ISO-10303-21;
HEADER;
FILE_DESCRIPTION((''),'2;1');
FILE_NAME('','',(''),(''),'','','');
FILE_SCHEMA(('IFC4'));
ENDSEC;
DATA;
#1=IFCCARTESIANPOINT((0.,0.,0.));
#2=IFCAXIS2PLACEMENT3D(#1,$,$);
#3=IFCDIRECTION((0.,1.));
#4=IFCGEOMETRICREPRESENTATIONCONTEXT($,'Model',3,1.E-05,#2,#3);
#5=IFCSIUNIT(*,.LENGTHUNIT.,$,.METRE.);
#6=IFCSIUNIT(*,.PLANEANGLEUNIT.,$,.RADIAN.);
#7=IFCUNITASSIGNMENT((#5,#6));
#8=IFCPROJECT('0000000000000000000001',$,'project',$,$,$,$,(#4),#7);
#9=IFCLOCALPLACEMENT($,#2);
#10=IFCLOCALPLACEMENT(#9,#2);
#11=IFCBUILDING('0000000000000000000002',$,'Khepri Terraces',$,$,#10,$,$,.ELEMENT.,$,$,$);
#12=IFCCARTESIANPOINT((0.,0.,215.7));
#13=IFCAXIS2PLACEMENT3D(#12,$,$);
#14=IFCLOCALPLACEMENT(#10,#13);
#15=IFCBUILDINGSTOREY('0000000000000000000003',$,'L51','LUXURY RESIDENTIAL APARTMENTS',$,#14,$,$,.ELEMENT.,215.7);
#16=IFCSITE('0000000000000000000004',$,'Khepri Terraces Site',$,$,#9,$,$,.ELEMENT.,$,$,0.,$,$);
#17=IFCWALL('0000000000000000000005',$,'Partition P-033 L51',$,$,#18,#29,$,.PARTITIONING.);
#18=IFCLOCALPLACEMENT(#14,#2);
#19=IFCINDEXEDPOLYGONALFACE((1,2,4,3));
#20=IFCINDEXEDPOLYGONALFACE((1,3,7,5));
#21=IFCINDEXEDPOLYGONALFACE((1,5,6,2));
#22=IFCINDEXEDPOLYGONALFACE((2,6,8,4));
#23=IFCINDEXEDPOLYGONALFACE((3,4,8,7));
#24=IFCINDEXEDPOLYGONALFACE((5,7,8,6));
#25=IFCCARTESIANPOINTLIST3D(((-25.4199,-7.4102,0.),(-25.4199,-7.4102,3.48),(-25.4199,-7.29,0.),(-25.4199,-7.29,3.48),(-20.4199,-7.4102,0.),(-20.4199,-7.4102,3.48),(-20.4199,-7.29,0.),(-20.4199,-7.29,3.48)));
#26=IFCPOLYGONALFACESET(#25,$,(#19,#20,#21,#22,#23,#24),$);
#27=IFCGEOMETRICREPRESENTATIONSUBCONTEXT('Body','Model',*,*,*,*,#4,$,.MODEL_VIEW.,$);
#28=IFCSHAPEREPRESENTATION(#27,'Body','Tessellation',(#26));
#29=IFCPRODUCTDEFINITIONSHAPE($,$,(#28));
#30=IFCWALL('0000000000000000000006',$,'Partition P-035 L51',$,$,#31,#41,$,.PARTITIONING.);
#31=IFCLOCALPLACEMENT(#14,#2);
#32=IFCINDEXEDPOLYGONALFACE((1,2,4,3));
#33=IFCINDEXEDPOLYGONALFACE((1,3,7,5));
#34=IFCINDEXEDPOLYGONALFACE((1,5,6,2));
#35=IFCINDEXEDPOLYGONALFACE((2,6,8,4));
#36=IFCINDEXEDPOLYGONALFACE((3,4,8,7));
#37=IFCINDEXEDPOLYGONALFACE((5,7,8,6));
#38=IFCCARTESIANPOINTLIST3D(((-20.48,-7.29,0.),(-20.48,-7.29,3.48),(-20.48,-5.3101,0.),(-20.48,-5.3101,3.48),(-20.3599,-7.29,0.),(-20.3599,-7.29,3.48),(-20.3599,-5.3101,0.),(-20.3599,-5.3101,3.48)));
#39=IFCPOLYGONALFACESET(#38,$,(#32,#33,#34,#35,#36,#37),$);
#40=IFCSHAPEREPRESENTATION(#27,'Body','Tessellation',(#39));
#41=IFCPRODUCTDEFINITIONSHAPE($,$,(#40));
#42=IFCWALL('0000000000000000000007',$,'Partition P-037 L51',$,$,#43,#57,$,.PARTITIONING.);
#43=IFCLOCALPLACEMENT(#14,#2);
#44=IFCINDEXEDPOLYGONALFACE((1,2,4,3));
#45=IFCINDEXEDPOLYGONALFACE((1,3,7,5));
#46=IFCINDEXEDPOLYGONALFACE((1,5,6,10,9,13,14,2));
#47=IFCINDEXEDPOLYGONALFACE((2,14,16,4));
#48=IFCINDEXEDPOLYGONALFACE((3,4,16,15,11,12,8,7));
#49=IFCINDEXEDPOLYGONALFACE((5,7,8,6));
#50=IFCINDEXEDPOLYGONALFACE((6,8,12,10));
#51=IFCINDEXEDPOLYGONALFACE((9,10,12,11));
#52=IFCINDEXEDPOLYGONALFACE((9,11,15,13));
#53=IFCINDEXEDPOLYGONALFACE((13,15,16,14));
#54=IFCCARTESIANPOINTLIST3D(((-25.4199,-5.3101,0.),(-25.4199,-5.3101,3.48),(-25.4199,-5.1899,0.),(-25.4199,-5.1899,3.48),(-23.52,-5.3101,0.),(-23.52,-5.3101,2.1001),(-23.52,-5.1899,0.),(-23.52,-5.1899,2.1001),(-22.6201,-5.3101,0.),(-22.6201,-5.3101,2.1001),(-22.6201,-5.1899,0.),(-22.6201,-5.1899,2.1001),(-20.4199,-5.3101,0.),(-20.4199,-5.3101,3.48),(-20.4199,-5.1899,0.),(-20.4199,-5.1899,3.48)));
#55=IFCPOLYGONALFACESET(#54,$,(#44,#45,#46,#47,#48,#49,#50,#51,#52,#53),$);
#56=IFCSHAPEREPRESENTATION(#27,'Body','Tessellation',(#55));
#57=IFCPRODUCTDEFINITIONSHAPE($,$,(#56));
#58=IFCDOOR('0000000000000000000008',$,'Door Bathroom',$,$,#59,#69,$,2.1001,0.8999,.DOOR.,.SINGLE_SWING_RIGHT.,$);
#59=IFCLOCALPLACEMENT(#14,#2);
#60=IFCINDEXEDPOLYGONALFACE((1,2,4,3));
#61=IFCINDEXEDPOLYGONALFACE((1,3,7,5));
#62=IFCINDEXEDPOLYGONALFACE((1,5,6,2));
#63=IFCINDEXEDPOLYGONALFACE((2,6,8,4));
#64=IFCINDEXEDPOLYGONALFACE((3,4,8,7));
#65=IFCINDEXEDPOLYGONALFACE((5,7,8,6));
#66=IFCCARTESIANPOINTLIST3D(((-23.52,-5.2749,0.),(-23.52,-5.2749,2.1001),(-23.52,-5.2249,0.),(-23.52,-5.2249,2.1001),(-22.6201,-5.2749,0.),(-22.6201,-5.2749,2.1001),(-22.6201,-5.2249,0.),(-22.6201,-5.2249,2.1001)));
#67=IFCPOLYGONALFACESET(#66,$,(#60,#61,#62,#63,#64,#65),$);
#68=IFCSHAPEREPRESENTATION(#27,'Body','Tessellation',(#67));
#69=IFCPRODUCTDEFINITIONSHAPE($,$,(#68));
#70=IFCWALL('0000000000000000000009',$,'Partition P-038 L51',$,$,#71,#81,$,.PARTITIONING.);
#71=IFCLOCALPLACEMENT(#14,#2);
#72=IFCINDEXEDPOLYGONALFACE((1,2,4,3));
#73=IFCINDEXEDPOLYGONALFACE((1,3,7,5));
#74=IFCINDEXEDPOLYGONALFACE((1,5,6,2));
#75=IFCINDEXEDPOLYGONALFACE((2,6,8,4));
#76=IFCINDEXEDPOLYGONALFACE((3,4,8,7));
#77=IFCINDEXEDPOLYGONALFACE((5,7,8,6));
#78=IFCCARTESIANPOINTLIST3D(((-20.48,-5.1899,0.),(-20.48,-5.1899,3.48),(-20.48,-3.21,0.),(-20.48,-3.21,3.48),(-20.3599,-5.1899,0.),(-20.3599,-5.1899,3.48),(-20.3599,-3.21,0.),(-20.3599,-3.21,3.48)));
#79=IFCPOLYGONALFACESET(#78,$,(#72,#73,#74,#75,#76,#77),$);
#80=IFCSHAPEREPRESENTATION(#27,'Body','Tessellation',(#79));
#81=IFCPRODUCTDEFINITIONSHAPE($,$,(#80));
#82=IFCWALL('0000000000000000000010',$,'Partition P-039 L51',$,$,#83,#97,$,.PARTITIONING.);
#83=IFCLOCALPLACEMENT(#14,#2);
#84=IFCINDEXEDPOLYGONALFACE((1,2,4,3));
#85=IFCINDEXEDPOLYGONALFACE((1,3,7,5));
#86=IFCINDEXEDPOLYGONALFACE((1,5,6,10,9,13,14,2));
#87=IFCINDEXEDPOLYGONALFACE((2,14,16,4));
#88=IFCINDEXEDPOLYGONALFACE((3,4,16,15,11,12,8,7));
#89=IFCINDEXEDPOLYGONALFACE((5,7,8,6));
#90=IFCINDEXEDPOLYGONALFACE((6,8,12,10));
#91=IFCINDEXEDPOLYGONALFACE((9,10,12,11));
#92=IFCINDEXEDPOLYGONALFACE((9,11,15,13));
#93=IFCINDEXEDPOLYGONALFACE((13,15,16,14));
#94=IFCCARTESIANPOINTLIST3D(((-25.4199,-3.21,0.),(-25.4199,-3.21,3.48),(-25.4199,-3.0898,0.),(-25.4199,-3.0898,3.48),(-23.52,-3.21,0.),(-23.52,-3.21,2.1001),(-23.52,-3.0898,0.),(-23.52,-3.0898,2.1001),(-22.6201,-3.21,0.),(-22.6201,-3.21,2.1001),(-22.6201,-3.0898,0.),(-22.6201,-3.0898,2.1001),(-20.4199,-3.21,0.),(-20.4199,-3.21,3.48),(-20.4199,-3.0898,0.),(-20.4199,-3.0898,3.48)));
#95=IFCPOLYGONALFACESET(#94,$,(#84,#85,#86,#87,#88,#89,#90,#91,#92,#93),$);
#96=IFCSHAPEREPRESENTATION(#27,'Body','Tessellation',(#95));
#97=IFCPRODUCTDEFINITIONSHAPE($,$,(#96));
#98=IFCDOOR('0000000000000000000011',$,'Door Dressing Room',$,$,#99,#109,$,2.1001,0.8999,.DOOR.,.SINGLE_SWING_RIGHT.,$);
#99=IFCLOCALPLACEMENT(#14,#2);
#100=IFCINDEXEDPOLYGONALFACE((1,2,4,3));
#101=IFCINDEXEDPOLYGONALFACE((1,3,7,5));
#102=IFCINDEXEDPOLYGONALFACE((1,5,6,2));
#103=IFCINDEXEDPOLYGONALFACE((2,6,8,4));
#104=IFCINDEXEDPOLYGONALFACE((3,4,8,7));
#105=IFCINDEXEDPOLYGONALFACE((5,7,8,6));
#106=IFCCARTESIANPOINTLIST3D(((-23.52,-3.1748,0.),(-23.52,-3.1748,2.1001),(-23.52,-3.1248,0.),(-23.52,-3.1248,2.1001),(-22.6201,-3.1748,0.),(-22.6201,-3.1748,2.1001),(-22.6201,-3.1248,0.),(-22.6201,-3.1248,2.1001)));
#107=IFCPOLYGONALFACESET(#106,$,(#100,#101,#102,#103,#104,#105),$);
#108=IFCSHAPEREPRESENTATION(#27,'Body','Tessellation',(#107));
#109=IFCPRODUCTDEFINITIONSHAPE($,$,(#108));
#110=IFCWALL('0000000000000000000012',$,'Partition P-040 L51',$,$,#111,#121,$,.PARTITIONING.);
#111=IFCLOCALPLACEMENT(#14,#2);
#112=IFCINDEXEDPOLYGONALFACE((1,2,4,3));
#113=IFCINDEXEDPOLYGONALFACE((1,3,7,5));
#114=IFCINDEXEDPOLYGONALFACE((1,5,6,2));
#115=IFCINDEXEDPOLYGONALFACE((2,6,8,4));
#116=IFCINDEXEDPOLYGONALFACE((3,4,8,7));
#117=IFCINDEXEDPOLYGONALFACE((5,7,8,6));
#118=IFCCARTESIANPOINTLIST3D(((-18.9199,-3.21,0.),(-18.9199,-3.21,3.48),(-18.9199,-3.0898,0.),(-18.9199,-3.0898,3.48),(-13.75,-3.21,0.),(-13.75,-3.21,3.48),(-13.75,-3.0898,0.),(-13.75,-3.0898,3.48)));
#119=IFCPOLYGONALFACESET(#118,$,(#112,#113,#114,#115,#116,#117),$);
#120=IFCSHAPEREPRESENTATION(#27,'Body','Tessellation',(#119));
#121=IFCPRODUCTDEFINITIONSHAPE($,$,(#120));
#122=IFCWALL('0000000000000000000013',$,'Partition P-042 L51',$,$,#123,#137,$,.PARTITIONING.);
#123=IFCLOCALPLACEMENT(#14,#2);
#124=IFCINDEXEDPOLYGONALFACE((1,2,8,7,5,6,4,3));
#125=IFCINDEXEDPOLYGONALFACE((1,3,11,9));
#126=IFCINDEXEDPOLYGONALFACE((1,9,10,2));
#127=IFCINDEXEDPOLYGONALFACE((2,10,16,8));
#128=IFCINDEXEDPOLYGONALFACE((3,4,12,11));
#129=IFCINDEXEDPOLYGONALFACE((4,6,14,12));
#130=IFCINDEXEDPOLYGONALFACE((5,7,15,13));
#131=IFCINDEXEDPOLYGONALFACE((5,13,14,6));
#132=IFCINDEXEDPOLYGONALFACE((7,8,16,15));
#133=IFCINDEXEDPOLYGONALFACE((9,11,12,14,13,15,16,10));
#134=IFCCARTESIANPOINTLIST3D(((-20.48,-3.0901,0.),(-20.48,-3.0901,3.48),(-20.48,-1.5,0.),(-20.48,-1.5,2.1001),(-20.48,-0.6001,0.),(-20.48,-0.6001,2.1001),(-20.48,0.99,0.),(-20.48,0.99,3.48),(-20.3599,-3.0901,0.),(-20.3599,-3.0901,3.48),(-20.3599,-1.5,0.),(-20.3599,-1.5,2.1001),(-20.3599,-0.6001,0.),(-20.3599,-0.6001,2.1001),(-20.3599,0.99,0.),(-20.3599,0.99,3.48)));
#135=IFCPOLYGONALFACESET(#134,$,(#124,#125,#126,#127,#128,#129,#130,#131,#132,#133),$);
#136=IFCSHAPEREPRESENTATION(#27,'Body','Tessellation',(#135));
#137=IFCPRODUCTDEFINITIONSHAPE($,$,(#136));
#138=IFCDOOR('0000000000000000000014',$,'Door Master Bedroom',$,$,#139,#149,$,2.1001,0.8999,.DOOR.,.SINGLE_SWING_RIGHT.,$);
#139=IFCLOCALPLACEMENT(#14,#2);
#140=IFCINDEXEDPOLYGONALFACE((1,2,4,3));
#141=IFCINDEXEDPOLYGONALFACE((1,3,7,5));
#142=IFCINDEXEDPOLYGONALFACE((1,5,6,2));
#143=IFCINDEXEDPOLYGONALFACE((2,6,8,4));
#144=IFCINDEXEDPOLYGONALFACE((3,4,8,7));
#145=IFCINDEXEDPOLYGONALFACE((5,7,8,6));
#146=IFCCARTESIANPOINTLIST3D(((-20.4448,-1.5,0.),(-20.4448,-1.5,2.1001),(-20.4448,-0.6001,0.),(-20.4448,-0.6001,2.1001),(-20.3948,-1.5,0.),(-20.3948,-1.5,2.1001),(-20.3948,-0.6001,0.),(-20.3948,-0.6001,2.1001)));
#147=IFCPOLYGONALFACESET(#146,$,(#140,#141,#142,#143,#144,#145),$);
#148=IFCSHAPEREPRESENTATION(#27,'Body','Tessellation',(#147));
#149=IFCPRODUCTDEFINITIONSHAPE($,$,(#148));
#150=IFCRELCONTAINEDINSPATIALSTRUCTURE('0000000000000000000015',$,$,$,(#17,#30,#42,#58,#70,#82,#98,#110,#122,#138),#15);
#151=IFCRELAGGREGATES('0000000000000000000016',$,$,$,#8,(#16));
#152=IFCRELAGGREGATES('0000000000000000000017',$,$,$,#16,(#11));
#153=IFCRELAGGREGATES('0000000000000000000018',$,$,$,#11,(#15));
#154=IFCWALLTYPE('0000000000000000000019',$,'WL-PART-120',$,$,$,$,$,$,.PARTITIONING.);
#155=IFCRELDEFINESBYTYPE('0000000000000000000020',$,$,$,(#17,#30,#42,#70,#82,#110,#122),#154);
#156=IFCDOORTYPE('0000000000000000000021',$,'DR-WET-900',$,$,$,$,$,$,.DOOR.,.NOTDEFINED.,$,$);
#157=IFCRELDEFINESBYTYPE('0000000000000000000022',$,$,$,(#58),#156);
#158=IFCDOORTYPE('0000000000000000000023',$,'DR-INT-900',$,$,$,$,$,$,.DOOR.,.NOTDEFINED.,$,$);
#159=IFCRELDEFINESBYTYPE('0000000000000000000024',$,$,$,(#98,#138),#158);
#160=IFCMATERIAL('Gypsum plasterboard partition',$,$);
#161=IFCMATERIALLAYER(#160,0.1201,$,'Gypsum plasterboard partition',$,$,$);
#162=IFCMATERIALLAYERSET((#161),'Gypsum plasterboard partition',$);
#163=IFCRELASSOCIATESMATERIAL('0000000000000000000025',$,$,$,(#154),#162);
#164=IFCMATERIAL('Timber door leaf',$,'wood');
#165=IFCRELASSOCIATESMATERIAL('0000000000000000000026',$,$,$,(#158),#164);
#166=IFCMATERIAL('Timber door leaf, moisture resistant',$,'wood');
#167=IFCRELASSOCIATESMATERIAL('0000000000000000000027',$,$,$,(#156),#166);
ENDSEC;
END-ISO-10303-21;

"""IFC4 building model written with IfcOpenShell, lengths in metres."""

from ifc_helpers import new_model, si_unit, direction, frame, frame_2d, origin, place, context, subcontext, project, spatial, rectangle, extrude, material, layer, layer_set, type_object, element, fill, save


model = new_model("IFC4")

# Units and contexts
model_context = context("Model", 3, precision=1e-05, world=origin(), true_north=direction((0.0, 1.0)))
body_context = subcontext(model_context, "Body", "Model", "MODEL_VIEW")
ifc_project = project(units=[si_unit("LENGTHUNIT", "METRE"), si_unit("PLANEANGLEUNIT", "RADIAN")], contexts=[model_context])

# Site, building, storey
site_placement = place(None, origin())
site = spatial("IfcSite", under=ifc_project, at=site_placement, Name="Khepri Terraces Site", CompositionType="ELEMENT", RefElevation=0.0)
building_placement = place(site_placement, origin())
building = spatial("IfcBuilding", under=site, at=building_placement, Name="Khepri Terraces", CompositionType="ELEMENT")
storey_placement = place(building_placement, frame((0.0, 0.0, 215.7)))
storey = spatial("IfcBuildingStorey", under=building, at=storey_placement, Name="L51", Description="LUXURY RESIDENTIAL APARTMENTS", CompositionType="ELEMENT", Elevation=215.7)

# Shared definitions
ifc_material_1 = material(Name="Gypsum plasterboard partition")
ifc_layer_1 = layer(ifc_material_1, 0.1201, Name="Gypsum plasterboard partition")
ifc_layer_set_1 = layer_set([ifc_layer_1], Name="Gypsum plasterboard partition")
wall_type_1 = type_object("IfcWallType", Name="WL-PART-120", PredefinedType="PARTITIONING", material=ifc_layer_set_1)

# Shared definitions
ifc_material_2 = material(Name="Timber door leaf", Category="wood")
door_type_1 = type_object("IfcDoorType", Name="DR-INT-900", OperationType="NOTDEFINED", PredefinedType="DOOR", material=ifc_material_2)

# Walls
wall_1_placement = place(storey_placement, frame((-25.4199, -7.3501, 0.0), z_axis=(0.0, 0.0, 1.0), x_axis=(1.0, 0.0, 0.0)))
element("IfcWall", 1, at=wall_1_placement, inside=storey, type_object=wall_type_1, Name="Partition P-033 L51", PredefinedType="PARTITIONING", context=body_context, shape_type="SweptSolid", body=[
    extrude(rectangle(XDim=5.0, YDim=0.1201, at=frame_2d((2.5, 0.0))), origin(), (0.0, 0.0, 1.0), 3.48),
])
wall_2_placement = place(storey_placement, frame((-20.4199, -7.29, 0.0), z_axis=(0.0, 0.0, 1.0), x_axis=(0.0, 1.0, 0.0)))
element("IfcWall", 2, at=wall_2_placement, inside=storey, type_object=wall_type_1, Name="Partition P-035 L51", PredefinedType="PARTITIONING", context=body_context, shape_type="SweptSolid", body=[
    extrude(rectangle(XDim=1.98, YDim=0.1201, at=frame_2d((0.99, 0.0))), origin(), (0.0, 0.0, 1.0), 3.48),
])

# Wall, opening, door
wall_3_placement = place(storey_placement, frame((-25.4199, -5.25, 0.0), z_axis=(0.0, 0.0, 1.0), x_axis=(1.0, 0.0, 0.0)))
wall_3 = element("IfcWall", 3, at=wall_3_placement, inside=storey, type_object=wall_type_1, Name="Partition P-037 L51", PredefinedType="PARTITIONING", context=body_context, shape_type="SweptSolid", body=[
    extrude(rectangle(XDim=5.0, YDim=0.1201, at=frame_2d((2.5, 0.0))), origin(), (0.0, 0.0, 1.0), 3.48),
])
opening_1_placement = place(wall_3_placement, frame((1.8999, 0.0, 0.0)))
opening_1 = element("IfcOpeningElement", 4, at=opening_1_placement, cuts=wall_3, PredefinedType="OPENING", context=body_context, shape_type="SweptSolid", body=[
    extrude(rectangle(XDim=0.8999, YDim=2.1001, at=frame_2d((0.45, 1.05))), frame((0.0, 0.0701, 0.0), z_axis=(0.0, -1.0, 0.0), x_axis=(1.0, 0.0, 0.0)), (0.0, 0.0, 1.0), 0.1401),
])
ifc_material_3 = material(Name="Timber door leaf, moisture resistant", Category="wood")
door_type_2 = type_object("IfcDoorType", Name="DR-WET-900", OperationType="NOTDEFINED", PredefinedType="DOOR", material=ifc_material_3)
door_1_placement = place(opening_1_placement, frame((0.8999, 0.0, 0.0), z_axis=(0.0, 0.0, 1.0), x_axis=(-1.0, 0.0, 0.0)))
door_1 = element("IfcDoor", 5, at=door_1_placement, inside=storey, type_object=door_type_2, Name="Door Bathroom", OperationType="SINGLE_SWING_RIGHT", OverallHeight=2.1001, OverallWidth=0.8999, PredefinedType="DOOR", context=body_context, shape_type="SweptSolid", body=[
    extrude(rectangle(XDim=0.8999, YDim=2.1001, at=frame_2d((0.45, 1.05))), frame((0.0, 0.0249, 0.0), z_axis=(0.0, -1.0, 0.0), x_axis=(1.0, 0.0, 0.0)), (0.0, 0.0, 1.0), 0.05),
])
fill(opening_1, door_1)

# Wall
wall_4_placement = place(storey_placement, frame((-20.4199, -5.1899, 0.0), z_axis=(0.0, 0.0, 1.0), x_axis=(0.0, 1.0, 0.0)))
element("IfcWall", 6, at=wall_4_placement, inside=storey, type_object=wall_type_1, Name="Partition P-038 L51", PredefinedType="PARTITIONING", context=body_context, shape_type="SweptSolid", body=[
    extrude(rectangle(XDim=1.98, YDim=0.1201, at=frame_2d((0.99, 0.0))), origin(), (0.0, 0.0, 1.0), 3.48),
])

# Wall, opening, door
wall_5_placement = place(storey_placement, frame((-25.4199, -3.1499, 0.0), z_axis=(0.0, 0.0, 1.0), x_axis=(1.0, 0.0, 0.0)))
wall_5 = element("IfcWall", 7, at=wall_5_placement, inside=storey, type_object=wall_type_1, Name="Partition P-039 L51", PredefinedType="PARTITIONING", context=body_context, shape_type="SweptSolid", body=[
    extrude(rectangle(XDim=5.0, YDim=0.1201, at=frame_2d((2.5, 0.0))), origin(), (0.0, 0.0, 1.0), 3.48),
])
opening_2_placement = place(wall_5_placement, frame((1.8999, 0.0, 0.0)))
opening_2 = element("IfcOpeningElement", 8, at=opening_2_placement, cuts=wall_5, PredefinedType="OPENING", context=body_context, shape_type="SweptSolid", body=[
    extrude(rectangle(XDim=0.8999, YDim=2.1001, at=frame_2d((0.45, 1.05))), frame((0.0, 0.0701, 0.0), z_axis=(0.0, -1.0, 0.0), x_axis=(1.0, 0.0, 0.0)), (0.0, 0.0, 1.0), 0.1401),
])
door_2_placement = place(opening_2_placement, frame((0.8999, 0.0, 0.0), z_axis=(0.0, 0.0, 1.0), x_axis=(-1.0, 0.0, 0.0)))
door_2 = element("IfcDoor", 9, at=door_2_placement, inside=storey, type_object=door_type_1, Name="Door Dressing Room", OperationType="SINGLE_SWING_RIGHT", OverallHeight=2.1001, OverallWidth=0.8999, PredefinedType="DOOR", context=body_context, shape_type="SweptSolid", body=[
    extrude(rectangle(XDim=0.8999, YDim=2.1001, at=frame_2d((0.45, 1.05))), frame((0.0, 0.0249, 0.0), z_axis=(0.0, -1.0, 0.0), x_axis=(1.0, 0.0, 0.0)), (0.0, 0.0, 1.0), 0.05),
])
fill(opening_2, door_2)

# Wall
wall_6_placement = place(storey_placement, frame((-18.9199, -3.1499, 0.0), z_axis=(0.0, 0.0, 1.0), x_axis=(1.0, 0.0, 0.0)))
element("IfcWall", 10, at=wall_6_placement, inside=storey, type_object=wall_type_1, Name="Partition P-040 L51", PredefinedType="PARTITIONING", context=body_context, shape_type="SweptSolid", body=[
    extrude(rectangle(XDim=5.1699, YDim=0.1201, at=frame_2d((2.585, 0.0))), origin(), (0.0, 0.0, 1.0), 3.48),
])

# Wall, opening, door
wall_7_placement = place(storey_placement, frame((-20.4199, -3.0901, 0.0), z_axis=(0.0, 0.0, 1.0), x_axis=(0.0, 1.0, 0.0)))
wall_7 = element("IfcWall", 11, at=wall_7_placement, inside=storey, type_object=wall_type_1, Name="Partition P-042 L51", PredefinedType="PARTITIONING", context=body_context, shape_type="SweptSolid", body=[
    extrude(rectangle(XDim=4.0801, YDim=0.1201, at=frame_2d((2.04, 0.0))), origin(), (0.0, 0.0, 1.0), 3.48),
])
opening_3_placement = place(wall_7_placement, frame((1.5901, 0.0, 0.0)))
opening_3 = element("IfcOpeningElement", 12, at=opening_3_placement, cuts=wall_7, PredefinedType="OPENING", context=body_context, shape_type="SweptSolid", body=[
    extrude(rectangle(XDim=0.8999, YDim=2.1001, at=frame_2d((0.45, 1.05))), frame((0.0, 0.0701, 0.0), z_axis=(0.0, -1.0, 0.0), x_axis=(1.0, 0.0, 0.0)), (0.0, 0.0, 1.0), 0.1401),
])
door_3_placement = place(opening_3_placement, origin())
door_3 = element("IfcDoor", 13, at=door_3_placement, inside=storey, type_object=door_type_1, Name="Door Master Bedroom", OperationType="SINGLE_SWING_RIGHT", OverallHeight=2.1001, OverallWidth=0.8999, PredefinedType="DOOR", context=body_context, shape_type="SweptSolid", body=[
    extrude(rectangle(XDim=0.8999, YDim=2.1001, at=frame_2d((0.45, 1.05))), frame((0.0, 0.0249, 0.0), z_axis=(0.0, -1.0, 0.0), x_axis=(1.0, 0.0, 0.0)), (0.0, 0.0, 1.0), 0.05),
])
fill(opening_3, door_3)

save(model, "model.ifc")
